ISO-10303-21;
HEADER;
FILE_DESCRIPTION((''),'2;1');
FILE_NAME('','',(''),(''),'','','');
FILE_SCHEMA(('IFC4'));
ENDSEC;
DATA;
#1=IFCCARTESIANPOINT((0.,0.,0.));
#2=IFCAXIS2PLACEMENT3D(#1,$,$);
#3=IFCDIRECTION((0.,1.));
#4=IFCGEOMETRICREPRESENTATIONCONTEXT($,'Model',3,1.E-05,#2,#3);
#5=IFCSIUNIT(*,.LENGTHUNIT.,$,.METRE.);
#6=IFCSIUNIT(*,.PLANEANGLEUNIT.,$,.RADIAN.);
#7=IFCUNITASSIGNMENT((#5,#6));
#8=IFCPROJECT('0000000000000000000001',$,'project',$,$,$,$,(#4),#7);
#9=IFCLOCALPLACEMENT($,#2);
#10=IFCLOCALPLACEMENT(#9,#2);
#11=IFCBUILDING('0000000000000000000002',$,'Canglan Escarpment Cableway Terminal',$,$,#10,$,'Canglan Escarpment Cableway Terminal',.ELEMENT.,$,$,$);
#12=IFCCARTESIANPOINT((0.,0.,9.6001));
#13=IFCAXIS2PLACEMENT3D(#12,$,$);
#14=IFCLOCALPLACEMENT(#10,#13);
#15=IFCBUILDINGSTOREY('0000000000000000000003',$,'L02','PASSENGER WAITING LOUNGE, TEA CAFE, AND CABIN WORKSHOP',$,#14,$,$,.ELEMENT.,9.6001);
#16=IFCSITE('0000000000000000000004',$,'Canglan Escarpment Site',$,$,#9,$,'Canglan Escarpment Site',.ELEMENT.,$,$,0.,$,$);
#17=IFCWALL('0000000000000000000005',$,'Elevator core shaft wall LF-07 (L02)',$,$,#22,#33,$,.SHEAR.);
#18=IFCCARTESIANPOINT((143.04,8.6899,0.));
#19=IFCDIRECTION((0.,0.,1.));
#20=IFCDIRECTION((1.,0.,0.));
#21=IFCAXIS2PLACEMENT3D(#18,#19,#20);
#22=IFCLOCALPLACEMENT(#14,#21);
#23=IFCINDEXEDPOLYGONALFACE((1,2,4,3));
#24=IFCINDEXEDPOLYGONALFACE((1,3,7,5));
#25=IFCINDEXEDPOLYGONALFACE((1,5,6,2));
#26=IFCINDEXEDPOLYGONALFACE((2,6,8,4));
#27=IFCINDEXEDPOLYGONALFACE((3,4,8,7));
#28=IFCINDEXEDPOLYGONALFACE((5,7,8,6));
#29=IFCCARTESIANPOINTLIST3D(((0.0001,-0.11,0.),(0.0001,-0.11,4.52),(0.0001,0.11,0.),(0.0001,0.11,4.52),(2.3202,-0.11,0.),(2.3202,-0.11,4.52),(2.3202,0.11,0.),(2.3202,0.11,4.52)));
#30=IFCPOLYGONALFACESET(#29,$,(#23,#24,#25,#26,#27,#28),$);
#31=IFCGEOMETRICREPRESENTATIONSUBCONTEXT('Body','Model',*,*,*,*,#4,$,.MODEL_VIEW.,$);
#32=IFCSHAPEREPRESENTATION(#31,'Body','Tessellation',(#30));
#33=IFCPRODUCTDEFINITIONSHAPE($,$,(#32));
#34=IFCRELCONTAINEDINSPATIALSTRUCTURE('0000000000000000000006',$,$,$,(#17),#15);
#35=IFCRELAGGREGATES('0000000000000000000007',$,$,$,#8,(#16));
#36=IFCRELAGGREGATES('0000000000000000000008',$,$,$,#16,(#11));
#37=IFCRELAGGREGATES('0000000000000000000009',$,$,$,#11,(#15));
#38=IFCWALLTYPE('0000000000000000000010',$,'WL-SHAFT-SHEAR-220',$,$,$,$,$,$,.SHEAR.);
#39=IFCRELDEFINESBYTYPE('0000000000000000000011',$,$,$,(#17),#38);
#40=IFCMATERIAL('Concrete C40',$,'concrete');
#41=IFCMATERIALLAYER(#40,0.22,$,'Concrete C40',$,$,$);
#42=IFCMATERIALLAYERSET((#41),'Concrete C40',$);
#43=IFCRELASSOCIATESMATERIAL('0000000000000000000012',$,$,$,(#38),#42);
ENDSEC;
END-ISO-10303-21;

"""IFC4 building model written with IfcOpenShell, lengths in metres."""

from ifc_helpers import new_model, si_unit, direction, frame, frame_2d, origin, place, context, subcontext, project, spatial, rectangle, extrude, material, layer, layer_set, type_object, element, save


model = new_model("IFC4")

# Units and contexts
model_context = context("Model", 3, precision=1e-05, world=origin(), true_north=direction((0.0, 1.0)))
body_context = subcontext(model_context, "Body", "Model", "MODEL_VIEW")
ifc_project = project(units=[si_unit("LENGTHUNIT", "METRE"), si_unit("PLANEANGLEUNIT", "RADIAN")], contexts=[model_context])

# Site, building, storey
site_placement = place(None, origin())
site = spatial("IfcSite", under=ifc_project, at=site_placement, Name="Canglan Escarpment Site", LongName="Canglan Escarpment Site", CompositionType="ELEMENT", RefElevation=0.0)
building_placement = place(site_placement, origin())
building = spatial("IfcBuilding", under=site, at=building_placement, Name="Canglan Escarpment Cableway Terminal", LongName="Canglan Escarpment Cableway Terminal", CompositionType="ELEMENT")
storey_placement = place(building_placement, frame((0.0, 0.0, 9.6001)))
storey = spatial("IfcBuildingStorey", under=building, at=storey_placement, Name="L02", Description="PASSENGER WAITING LOUNGE, TEA CAFE, AND CABIN WORKSHOP", CompositionType="ELEMENT", Elevation=9.6001)

# Shared definitions
ifc_material_1 = material(Name="Concrete C40", Category="concrete")

# Shared definitions
ifc_layer_1 = layer(ifc_material_1, 0.22, Name="Concrete C40")
ifc_layer_set_1 = layer_set([ifc_layer_1], Name="Concrete C40")
wall_type_1 = type_object("IfcWallType", Name="WL-SHAFT-SHEAR-220", PredefinedType="SHEAR", material=ifc_layer_set_1)

# Wall
wall_1_placement = place(storey_placement, frame((143.04, 8.6899, 0.0), z_axis=(0.0, 0.0, 1.0), x_axis=(1.0, 0.0, 0.0)))
element("IfcWall", 1, at=wall_1_placement, inside=storey, type_object=wall_type_1, Name="Elevator core shaft wall LF-07 (L02)", PredefinedType="SHEAR", context=body_context, shape_type="SweptSolid", body=[
    extrude(rectangle(XDim=2.3201, YDim=0.22, at=frame_2d((1.1602, 0.0))), origin(), (0.0, 0.0, 1.0), 4.52),
])

save(model, "model.ifc")
